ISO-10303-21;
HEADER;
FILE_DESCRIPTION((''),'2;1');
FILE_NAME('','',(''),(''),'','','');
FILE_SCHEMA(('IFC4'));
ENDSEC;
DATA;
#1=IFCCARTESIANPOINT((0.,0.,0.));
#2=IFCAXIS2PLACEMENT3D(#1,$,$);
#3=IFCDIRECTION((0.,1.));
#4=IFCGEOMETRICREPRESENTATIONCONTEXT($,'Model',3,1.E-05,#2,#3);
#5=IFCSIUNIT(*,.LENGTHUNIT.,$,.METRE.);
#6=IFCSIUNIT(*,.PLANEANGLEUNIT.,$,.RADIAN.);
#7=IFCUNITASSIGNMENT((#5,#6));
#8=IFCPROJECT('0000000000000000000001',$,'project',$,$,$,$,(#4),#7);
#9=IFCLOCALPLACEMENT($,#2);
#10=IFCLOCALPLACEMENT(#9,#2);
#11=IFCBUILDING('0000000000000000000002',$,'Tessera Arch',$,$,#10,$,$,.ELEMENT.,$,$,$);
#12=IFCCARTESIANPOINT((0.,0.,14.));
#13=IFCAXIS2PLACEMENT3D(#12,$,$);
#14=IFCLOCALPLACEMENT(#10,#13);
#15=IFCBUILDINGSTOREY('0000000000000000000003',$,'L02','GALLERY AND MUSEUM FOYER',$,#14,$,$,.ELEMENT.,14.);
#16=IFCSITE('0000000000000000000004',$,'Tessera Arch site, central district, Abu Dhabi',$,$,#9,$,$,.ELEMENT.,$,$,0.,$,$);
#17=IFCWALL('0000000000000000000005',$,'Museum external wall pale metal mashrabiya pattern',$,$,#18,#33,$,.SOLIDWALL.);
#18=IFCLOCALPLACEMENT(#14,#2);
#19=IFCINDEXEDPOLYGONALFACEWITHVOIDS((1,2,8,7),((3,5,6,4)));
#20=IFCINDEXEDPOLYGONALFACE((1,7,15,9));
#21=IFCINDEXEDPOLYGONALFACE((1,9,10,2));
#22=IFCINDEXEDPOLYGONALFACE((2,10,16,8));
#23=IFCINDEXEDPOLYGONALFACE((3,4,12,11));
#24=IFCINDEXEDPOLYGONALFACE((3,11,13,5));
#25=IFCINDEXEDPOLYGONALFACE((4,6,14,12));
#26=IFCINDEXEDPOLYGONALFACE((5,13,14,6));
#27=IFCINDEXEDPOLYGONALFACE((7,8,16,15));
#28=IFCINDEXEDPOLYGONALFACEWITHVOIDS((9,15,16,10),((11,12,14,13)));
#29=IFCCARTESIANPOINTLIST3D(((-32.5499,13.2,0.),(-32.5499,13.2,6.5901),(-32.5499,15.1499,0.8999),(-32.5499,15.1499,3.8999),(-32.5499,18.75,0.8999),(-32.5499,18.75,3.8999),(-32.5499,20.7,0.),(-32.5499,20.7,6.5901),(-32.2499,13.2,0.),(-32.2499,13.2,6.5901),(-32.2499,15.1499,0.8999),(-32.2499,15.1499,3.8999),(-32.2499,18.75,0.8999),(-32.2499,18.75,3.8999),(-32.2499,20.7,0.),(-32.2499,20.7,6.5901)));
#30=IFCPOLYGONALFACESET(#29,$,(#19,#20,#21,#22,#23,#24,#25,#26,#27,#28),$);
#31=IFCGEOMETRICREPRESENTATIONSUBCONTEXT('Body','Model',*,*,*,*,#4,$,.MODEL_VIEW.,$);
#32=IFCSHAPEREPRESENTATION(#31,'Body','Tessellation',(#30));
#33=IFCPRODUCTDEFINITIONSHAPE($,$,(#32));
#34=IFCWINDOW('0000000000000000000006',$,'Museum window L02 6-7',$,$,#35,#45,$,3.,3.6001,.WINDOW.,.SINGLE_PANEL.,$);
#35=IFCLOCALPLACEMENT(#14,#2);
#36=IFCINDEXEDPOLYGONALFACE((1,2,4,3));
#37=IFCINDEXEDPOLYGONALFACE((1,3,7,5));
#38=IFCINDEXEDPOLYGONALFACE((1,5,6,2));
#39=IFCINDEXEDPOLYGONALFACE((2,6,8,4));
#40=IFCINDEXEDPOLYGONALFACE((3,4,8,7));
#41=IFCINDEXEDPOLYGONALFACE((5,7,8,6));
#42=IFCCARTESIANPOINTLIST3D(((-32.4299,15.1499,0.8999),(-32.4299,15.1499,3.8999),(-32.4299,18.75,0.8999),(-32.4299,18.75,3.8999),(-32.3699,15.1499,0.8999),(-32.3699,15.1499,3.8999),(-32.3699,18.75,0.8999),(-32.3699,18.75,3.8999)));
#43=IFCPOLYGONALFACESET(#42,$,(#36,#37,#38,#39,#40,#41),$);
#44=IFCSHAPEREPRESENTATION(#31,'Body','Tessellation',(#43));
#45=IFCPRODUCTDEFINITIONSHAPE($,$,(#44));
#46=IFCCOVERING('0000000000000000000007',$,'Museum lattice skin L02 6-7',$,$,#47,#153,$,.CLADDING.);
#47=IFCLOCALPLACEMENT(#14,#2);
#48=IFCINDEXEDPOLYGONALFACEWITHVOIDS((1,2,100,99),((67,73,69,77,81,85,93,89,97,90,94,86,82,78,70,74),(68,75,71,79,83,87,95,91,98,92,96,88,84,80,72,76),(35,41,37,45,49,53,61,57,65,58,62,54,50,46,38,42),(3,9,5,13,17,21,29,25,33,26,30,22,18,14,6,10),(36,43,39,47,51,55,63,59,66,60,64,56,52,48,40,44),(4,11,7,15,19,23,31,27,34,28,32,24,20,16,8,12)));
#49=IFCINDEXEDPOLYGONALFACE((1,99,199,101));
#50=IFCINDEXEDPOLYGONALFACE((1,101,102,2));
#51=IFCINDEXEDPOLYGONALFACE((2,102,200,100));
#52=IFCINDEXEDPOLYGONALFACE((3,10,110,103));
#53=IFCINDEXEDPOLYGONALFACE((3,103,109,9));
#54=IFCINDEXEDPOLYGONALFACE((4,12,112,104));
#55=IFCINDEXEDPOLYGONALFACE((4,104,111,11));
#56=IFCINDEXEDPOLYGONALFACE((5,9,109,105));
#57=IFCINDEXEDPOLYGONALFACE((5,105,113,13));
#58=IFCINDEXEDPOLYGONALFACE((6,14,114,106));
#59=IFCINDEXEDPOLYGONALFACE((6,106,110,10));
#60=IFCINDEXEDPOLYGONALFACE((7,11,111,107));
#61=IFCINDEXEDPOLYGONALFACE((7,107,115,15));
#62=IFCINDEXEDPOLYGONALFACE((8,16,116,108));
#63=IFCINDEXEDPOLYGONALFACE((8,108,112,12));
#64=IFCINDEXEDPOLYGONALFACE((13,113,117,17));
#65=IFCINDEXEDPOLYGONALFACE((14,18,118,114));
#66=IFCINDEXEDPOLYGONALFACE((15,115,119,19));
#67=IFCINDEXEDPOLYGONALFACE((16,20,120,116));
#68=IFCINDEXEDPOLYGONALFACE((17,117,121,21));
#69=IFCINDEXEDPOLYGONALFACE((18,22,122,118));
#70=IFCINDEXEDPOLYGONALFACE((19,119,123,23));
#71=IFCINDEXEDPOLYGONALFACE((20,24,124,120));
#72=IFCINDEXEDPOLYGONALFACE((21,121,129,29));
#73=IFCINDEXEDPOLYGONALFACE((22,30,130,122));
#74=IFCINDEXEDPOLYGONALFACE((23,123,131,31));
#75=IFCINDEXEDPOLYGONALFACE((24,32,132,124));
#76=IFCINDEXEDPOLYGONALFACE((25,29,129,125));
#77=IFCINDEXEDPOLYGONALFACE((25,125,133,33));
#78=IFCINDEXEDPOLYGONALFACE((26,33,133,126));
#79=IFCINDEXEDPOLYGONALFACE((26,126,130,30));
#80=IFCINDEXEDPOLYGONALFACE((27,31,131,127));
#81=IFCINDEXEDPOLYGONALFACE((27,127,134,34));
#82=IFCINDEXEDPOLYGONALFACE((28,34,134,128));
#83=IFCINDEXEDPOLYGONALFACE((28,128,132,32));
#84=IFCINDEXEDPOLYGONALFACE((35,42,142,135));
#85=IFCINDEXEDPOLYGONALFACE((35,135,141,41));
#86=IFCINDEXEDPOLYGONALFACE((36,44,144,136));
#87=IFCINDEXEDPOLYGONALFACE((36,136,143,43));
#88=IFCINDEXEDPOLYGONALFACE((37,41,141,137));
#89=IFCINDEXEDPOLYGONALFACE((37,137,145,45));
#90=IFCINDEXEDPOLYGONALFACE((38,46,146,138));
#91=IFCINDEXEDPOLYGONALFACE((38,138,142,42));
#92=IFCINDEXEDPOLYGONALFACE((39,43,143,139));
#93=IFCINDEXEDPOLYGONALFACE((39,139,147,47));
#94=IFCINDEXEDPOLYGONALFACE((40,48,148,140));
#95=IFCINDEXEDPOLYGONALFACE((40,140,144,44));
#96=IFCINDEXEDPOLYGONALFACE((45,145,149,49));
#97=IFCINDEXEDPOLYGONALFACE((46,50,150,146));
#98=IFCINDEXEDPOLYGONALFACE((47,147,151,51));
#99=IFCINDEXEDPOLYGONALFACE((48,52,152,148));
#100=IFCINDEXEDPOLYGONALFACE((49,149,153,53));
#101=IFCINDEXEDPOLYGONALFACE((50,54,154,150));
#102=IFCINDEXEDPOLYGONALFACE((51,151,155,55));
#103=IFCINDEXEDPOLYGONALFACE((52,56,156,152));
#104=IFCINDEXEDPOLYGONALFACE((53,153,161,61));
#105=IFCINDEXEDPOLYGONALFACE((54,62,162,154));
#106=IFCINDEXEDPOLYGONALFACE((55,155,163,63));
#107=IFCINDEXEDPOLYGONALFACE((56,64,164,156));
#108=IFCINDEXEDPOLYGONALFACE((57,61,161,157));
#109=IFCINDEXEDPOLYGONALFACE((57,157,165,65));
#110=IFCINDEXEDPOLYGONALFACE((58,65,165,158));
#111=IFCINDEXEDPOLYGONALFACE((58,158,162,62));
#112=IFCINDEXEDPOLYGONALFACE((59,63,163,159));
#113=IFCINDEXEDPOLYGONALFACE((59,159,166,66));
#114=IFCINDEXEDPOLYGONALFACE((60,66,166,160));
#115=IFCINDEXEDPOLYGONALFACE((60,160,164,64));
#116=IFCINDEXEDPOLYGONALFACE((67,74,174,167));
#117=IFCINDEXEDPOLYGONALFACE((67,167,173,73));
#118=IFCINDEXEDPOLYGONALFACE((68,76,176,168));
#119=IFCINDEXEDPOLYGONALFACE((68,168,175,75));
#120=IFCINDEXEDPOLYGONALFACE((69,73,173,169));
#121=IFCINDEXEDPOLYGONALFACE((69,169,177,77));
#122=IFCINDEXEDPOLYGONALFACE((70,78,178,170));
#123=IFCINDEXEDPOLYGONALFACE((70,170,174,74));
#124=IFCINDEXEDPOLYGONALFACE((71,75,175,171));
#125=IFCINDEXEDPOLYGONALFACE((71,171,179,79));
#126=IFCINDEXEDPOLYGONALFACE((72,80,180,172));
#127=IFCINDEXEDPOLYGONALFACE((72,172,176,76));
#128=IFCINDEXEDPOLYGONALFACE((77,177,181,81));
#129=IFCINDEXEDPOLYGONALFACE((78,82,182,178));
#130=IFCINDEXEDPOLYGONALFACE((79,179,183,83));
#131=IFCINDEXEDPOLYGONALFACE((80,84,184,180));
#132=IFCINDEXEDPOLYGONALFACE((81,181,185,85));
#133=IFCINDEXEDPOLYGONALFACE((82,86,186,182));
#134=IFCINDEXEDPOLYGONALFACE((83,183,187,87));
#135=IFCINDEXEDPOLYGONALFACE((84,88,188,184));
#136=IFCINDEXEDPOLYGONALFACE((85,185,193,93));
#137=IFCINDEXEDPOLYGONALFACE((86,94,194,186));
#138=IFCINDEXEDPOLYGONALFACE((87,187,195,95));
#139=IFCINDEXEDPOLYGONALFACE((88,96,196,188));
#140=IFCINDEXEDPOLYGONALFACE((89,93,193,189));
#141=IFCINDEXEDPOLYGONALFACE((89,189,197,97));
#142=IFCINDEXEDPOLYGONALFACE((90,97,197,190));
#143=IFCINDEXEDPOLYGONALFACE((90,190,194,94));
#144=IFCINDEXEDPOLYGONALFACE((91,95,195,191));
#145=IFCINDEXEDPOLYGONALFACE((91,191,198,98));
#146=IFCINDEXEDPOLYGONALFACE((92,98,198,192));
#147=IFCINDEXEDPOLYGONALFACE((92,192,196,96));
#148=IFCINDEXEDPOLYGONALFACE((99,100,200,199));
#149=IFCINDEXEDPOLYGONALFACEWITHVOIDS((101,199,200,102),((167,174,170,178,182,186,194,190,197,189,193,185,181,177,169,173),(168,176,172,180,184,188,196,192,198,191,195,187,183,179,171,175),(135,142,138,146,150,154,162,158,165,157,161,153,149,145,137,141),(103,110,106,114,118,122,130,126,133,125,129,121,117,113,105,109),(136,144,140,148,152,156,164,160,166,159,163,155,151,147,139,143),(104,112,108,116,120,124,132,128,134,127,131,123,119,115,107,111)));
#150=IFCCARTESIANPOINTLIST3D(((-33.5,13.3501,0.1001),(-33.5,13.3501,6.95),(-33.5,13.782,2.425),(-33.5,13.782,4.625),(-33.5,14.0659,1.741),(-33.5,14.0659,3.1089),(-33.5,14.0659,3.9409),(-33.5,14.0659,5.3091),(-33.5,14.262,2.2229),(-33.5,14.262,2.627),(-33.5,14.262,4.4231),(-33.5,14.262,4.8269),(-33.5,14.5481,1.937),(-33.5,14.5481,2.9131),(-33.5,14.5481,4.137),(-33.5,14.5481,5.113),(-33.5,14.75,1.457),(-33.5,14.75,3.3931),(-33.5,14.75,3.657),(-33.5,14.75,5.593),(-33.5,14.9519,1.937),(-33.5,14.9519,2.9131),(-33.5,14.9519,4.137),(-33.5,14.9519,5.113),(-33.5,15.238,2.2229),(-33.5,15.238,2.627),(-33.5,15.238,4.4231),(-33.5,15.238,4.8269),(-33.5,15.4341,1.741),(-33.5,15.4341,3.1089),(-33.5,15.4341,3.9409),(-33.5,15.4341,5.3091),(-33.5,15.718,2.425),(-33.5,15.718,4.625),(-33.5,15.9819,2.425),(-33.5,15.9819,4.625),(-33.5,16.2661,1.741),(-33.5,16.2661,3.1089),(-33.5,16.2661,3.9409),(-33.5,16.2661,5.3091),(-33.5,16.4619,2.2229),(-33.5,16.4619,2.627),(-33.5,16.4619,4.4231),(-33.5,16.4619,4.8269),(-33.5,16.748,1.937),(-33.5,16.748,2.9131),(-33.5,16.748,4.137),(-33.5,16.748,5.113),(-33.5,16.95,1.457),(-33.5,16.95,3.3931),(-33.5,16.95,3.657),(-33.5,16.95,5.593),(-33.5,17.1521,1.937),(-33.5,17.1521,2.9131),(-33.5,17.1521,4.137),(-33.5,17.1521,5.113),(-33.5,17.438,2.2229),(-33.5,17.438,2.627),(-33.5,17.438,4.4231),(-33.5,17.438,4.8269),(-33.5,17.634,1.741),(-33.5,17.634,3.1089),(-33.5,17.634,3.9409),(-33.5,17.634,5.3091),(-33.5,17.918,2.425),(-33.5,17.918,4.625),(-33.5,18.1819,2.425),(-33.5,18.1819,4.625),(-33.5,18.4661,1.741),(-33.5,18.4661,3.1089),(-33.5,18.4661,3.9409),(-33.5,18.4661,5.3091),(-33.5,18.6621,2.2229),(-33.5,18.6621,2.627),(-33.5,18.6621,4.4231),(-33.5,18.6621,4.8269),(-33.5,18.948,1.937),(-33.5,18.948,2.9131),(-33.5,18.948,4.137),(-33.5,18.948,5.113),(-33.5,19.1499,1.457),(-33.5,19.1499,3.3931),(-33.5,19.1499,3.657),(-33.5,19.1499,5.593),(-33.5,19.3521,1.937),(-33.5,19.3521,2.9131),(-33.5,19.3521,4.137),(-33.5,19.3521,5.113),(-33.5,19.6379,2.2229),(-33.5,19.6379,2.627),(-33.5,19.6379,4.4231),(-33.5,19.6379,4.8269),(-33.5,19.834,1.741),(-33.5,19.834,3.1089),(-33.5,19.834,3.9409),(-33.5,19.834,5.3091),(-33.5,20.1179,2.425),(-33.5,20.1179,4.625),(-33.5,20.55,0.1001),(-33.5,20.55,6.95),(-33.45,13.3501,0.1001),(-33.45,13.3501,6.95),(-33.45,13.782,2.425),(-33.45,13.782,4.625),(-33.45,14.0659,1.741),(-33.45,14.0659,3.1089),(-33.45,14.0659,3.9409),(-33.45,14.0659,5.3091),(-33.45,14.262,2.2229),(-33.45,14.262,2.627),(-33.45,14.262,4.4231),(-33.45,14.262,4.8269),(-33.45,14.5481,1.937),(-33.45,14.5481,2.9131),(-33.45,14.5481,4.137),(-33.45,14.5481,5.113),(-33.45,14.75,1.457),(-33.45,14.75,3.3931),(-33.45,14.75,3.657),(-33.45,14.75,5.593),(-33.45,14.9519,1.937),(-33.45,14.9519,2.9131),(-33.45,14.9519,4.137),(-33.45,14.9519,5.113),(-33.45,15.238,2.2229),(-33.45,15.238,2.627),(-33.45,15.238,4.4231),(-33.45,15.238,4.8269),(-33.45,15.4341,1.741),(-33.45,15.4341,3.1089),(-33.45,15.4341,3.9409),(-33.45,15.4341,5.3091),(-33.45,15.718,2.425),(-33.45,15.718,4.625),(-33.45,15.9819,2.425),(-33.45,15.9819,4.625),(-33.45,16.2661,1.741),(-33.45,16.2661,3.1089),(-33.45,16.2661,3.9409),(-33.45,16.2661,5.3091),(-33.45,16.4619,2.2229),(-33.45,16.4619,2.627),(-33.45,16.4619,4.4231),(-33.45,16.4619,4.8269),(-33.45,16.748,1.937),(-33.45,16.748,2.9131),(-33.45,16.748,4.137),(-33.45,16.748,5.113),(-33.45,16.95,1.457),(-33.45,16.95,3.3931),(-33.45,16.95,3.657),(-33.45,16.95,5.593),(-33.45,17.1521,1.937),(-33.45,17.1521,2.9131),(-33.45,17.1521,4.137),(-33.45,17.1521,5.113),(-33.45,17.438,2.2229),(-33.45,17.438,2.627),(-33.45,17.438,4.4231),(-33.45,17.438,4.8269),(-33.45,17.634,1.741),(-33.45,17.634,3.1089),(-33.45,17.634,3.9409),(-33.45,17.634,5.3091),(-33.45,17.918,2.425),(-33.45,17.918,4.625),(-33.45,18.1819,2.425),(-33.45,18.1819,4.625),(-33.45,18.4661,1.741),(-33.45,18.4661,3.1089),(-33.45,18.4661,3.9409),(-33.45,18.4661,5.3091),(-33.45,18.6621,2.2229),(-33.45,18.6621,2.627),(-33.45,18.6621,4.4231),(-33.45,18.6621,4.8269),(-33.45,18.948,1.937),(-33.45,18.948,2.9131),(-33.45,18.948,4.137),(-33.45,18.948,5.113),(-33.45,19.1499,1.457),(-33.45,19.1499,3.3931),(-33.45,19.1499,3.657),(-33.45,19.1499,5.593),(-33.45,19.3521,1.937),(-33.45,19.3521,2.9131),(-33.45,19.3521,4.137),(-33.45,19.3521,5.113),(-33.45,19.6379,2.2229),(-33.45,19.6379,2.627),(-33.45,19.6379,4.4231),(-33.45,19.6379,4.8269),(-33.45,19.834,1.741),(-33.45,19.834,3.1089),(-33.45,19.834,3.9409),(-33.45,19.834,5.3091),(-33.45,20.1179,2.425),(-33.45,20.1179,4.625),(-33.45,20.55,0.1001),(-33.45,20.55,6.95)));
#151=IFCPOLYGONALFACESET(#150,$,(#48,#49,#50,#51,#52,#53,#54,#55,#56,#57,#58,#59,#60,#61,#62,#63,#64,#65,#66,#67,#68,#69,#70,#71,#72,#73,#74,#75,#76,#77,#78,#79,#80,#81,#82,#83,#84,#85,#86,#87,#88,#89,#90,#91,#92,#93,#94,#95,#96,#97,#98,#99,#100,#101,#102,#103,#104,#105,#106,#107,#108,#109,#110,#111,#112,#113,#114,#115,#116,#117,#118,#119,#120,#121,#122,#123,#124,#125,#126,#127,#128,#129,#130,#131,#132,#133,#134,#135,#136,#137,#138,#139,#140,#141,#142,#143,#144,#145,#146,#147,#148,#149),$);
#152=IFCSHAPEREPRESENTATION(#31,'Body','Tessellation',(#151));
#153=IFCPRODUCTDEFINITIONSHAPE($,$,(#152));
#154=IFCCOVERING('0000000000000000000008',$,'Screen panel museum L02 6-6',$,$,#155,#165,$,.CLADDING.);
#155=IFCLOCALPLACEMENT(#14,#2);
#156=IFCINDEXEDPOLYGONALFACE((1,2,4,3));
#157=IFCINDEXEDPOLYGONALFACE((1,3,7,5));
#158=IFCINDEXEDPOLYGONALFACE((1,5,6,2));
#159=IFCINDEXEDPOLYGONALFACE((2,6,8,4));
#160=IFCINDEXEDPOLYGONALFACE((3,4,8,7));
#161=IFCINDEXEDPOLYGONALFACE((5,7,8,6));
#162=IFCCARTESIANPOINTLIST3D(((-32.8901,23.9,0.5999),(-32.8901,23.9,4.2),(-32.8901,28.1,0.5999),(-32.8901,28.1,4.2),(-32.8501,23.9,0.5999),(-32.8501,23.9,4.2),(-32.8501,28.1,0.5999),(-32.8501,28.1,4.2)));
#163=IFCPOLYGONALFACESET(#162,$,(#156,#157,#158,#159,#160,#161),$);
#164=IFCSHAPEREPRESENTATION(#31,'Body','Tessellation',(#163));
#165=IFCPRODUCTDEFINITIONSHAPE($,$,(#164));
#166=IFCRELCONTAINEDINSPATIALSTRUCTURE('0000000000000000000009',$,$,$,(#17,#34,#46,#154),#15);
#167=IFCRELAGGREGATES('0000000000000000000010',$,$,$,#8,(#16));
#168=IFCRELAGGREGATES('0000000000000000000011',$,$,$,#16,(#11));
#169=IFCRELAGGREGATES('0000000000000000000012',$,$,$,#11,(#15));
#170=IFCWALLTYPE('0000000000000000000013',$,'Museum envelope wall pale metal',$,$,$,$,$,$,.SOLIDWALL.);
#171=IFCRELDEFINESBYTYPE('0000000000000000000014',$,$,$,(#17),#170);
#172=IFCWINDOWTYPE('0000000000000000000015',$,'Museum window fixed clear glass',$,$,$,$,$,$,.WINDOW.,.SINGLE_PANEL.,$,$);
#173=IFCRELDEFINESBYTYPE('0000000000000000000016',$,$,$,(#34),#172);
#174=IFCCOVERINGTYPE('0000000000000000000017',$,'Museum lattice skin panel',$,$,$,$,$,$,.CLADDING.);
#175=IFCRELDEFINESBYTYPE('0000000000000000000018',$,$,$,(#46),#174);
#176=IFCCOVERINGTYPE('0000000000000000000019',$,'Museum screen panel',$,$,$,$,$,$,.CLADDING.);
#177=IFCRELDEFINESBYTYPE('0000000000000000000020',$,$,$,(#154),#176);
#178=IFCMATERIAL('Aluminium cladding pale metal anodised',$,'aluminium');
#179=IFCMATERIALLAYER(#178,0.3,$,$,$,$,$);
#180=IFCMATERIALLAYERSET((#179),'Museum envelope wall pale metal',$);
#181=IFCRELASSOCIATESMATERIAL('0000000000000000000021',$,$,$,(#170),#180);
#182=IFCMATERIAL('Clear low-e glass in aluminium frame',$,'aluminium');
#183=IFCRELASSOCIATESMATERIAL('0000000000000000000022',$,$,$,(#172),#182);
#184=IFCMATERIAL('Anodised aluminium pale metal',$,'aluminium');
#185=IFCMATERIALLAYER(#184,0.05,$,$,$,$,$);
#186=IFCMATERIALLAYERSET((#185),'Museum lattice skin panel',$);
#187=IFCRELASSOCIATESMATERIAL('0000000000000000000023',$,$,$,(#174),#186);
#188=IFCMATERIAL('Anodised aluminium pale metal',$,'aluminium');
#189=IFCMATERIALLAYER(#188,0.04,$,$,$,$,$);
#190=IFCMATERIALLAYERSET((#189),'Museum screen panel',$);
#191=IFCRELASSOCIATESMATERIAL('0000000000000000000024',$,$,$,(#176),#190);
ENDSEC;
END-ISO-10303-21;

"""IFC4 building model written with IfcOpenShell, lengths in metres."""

from ifc_helpers import new_model, si_unit, direction, frame, frame_2d, origin, origin_2d, place, context, subcontext, project, spatial, polyline, rectangle, outline, extrude, material, layer, layer_set, type_object, element, fill, save


model = new_model("IFC4")

# Units and contexts
model_context = context("Model", 3, precision=1e-05, world=origin(), true_north=direction((0.0, 1.0)))
body_context = subcontext(model_context, "Body", "Model", "MODEL_VIEW")
ifc_project = project(units=[si_unit("LENGTHUNIT", "METRE"), si_unit("PLANEANGLEUNIT", "RADIAN")], contexts=[model_context])

# Site, building, storey
site_placement = place(None, origin())
site = spatial("IfcSite", under=ifc_project, at=site_placement, Name="Tessera Arch site, central district, Abu Dhabi", CompositionType="ELEMENT", RefElevation=0.0)
building_placement = place(site_placement, origin())
building = spatial("IfcBuilding", under=site, at=building_placement, Name="Tessera Arch", CompositionType="ELEMENT")
storey_placement = place(building_placement, frame((0.0, 0.0, 14.0)))
storey = spatial("IfcBuildingStorey", under=building, at=storey_placement, Name="L02", Description="GALLERY AND MUSEUM FOYER", CompositionType="ELEMENT", Elevation=14.0)

# Wall, opening, window
ifc_material_1 = material(Name="Aluminium cladding pale metal anodised", Category="aluminium")
ifc_layer_1 = layer(ifc_material_1, 0.3)
ifc_layer_set_1 = layer_set([ifc_layer_1], Name="Museum envelope wall pale metal")
wall_type_1 = type_object("IfcWallType", Name="Museum envelope wall pale metal", PredefinedType="SOLIDWALL", material=ifc_layer_set_1)
ifc_material_2 = material(Name="Clear low-e glass in aluminium frame", Category="aluminium")
window_type = type_object("IfcWindowType", Name="Museum window fixed clear glass", PartitioningType="SINGLE_PANEL", PredefinedType="WINDOW", material=ifc_material_2)
wall_1_placement = place(storey_placement, frame((-32.3999, 20.7, 0.0), z_axis=(0.0, 0.0, 1.0), x_axis=(0.0, -1.0, 0.0)))
wall_1 = element("IfcWall", 1, at=wall_1_placement, inside=storey, type_object=wall_type_1, Name="Museum external wall pale metal mashrabiya pattern", PredefinedType="SOLIDWALL", context=body_context, shape_type="SweptSolid", body=[
    extrude(rectangle(XDim=7.5, YDim=0.3, at=frame_2d((3.75, 0.0))), origin(), (0.0, 0.0, 1.0), 6.5901),
])
opening_1_placement = place(wall_1_placement, frame((1.95, 0.0, 0.8999)))
opening_1 = element("IfcOpeningElement", 2, at=opening_1_placement, cuts=wall_1, PredefinedType="OPENING", context=body_context, shape_type="SweptSolid", body=[
    extrude(rectangle(XDim=3.6001, YDim=3.0, at=frame_2d((1.8, 1.5))), frame((0.0, 0.1599, 0.0), z_axis=(0.0, -1.0, 0.0), x_axis=(1.0, 0.0, 0.0)), (0.0, 0.0, 1.0), 0.3201),
])
window_1_placement = place(opening_1_placement, origin())
window_1 = element("IfcWindow", 3, at=window_1_placement, inside=storey, type_object=window_type, Name="Museum window L02 6-7", OverallHeight=3.0, OverallWidth=3.6001, PartitioningType="SINGLE_PANEL", PredefinedType="WINDOW", context=body_context, shape_type="SweptSolid", body=[
    extrude(rectangle(XDim=3.6001, YDim=3.0, at=frame_2d((1.8, 1.5))), frame((0.0, 0.03, 0.0), z_axis=(0.0, -1.0, 0.0), x_axis=(1.0, 0.0, 0.0)), (0.0, 0.0, 1.0), 0.0601),
])
fill(opening_1, window_1)

# Coverings
ifc_material_3 = material(Name="Anodised aluminium pale metal", Category="aluminium")
ifc_layer_2 = layer(ifc_material_3, 0.05)
ifc_layer_set_2 = layer_set([ifc_layer_2], Name="Museum lattice skin panel")
covering_type_1 = type_object("IfcCoveringType", Name="Museum lattice skin panel", PredefinedType="CLADDING", material=ifc_layer_set_2)
covering_1_placement = place(storey_placement, frame((-33.45, 20.55, 6.95), z_axis=(1.0, 0.0, 0.0), x_axis=(0.0, -1.0, 0.0)))
element("IfcCovering", 4, at=covering_1_placement, inside=storey, type_object=covering_type_1, Name="Museum lattice skin L02 6-7", PredefinedType="CLADDING", context=body_context, shape_type="SweptSolid", body=[
    extrude(outline(polyline([(0.0, 0.0), (7.2, 0.0), (7.2, 6.8499), (0.0, 6.8499), (0.0, 0.0)]), holes=[polyline([(2.3682, 4.5249), (1.8879, 4.323), (2.084, 3.8411), (1.6021, 4.0369), (1.4001, 3.5569), (1.198, 4.0369), (0.7161, 3.8411), (0.9121, 4.323), (0.4321, 4.5249), (0.9121, 4.7271), (0.7161, 5.209), (1.198, 5.0129), (1.4001, 5.4929), (1.6021, 5.0129), (2.084, 5.209), (1.8879, 4.7271), (2.3682, 4.5249)]), polyline([(2.3682, 2.325), (1.8879, 2.123), (2.084, 1.6409), (1.6021, 1.8369), (1.4001, 1.3569), (1.198, 1.8369), (0.7161, 1.6409), (0.9121, 2.123), (0.4321, 2.325), (0.9121, 2.5269), (0.7161, 3.009), (1.198, 2.813), (1.4001, 3.293), (1.6021, 2.813), (2.084, 3.009), (1.8879, 2.5269), (2.3682, 2.325)]), polyline([(4.5681, 4.5249), (4.0881, 4.323), (4.2839, 3.8411), (3.802, 4.0369), (3.6001, 3.5569), (3.3979, 4.0369), (2.916, 3.8411), (3.1121, 4.323), (2.6321, 4.5249), (3.1121, 4.7271), (2.916, 5.209), (3.3979, 5.0129), (3.6001, 5.4929), (3.802, 5.0129), (4.2839, 5.209), (4.0881, 4.7271), (4.5681, 4.5249)]), polyline([(4.5681, 2.325), (4.0881, 2.123), (4.2839, 1.6409), (3.802, 1.8369), (3.6001, 1.3569), (3.3979, 1.8369), (2.916, 1.6409), (3.1121, 2.123), (2.6321, 2.325), (3.1121, 2.5269), (2.916, 3.009), (3.3979, 2.813), (3.6001, 3.293), (3.802, 2.813), (4.2839, 3.009), (4.0881, 2.5269), (4.5681, 2.325)]), polyline([(6.7681, 4.5249), (6.2881, 4.323), (6.4841, 3.8411), (6.002, 4.0369), (5.8, 3.5569), (5.5981, 4.0369), (5.116, 3.8411), (5.312, 4.323), (4.832, 4.5249), (5.312, 4.7271), (5.116, 5.209), (5.5981, 5.0129), (5.8, 5.4929), (6.002, 5.0129), (6.4841, 5.209), (6.2881, 4.7271), (6.7681, 4.5249)]), polyline([(6.7681, 2.325), (6.2881, 2.123), (6.4841, 1.6409), (6.002, 1.8369), (5.8, 1.3569), (5.5981, 1.8369), (5.116, 1.6409), (5.312, 2.123), (4.832, 2.325), (5.312, 2.5269), (5.116, 3.009), (5.5981, 2.813), (5.8, 3.293), (6.002, 2.813), (6.4841, 3.009), (6.2881, 2.5269), (6.7681, 2.325)])]), origin(), (0.0, 0.0, -1.0), 0.05),
])
ifc_material_4 = material(Name="Anodised aluminium pale metal", Category="aluminium")
ifc_layer_3 = layer(ifc_material_4, 0.04)
ifc_layer_set_3 = layer_set([ifc_layer_3], Name="Museum screen panel")
covering_type_2 = type_object("IfcCoveringType", Name="Museum screen panel", PredefinedType="CLADDING", material=ifc_layer_set_3)
covering_2_placement = place(storey_placement, frame((-32.8701, 26.0, 0.5999), z_axis=(0.0, 0.0, 1.0), x_axis=(0.0, -1.0, 0.0)))
element("IfcCovering", 5, at=covering_2_placement, inside=storey, type_object=covering_type_2, Name="Screen panel museum L02 6-6", PredefinedType="CLADDING", context=body_context, shape_type="SweptSolid", body=[
    extrude(rectangle(XDim=4.2, YDim=0.04, at=origin_2d()), origin(), (0.0, 0.0, 1.0), 3.6001),
])

save(model, "model.ifc")
